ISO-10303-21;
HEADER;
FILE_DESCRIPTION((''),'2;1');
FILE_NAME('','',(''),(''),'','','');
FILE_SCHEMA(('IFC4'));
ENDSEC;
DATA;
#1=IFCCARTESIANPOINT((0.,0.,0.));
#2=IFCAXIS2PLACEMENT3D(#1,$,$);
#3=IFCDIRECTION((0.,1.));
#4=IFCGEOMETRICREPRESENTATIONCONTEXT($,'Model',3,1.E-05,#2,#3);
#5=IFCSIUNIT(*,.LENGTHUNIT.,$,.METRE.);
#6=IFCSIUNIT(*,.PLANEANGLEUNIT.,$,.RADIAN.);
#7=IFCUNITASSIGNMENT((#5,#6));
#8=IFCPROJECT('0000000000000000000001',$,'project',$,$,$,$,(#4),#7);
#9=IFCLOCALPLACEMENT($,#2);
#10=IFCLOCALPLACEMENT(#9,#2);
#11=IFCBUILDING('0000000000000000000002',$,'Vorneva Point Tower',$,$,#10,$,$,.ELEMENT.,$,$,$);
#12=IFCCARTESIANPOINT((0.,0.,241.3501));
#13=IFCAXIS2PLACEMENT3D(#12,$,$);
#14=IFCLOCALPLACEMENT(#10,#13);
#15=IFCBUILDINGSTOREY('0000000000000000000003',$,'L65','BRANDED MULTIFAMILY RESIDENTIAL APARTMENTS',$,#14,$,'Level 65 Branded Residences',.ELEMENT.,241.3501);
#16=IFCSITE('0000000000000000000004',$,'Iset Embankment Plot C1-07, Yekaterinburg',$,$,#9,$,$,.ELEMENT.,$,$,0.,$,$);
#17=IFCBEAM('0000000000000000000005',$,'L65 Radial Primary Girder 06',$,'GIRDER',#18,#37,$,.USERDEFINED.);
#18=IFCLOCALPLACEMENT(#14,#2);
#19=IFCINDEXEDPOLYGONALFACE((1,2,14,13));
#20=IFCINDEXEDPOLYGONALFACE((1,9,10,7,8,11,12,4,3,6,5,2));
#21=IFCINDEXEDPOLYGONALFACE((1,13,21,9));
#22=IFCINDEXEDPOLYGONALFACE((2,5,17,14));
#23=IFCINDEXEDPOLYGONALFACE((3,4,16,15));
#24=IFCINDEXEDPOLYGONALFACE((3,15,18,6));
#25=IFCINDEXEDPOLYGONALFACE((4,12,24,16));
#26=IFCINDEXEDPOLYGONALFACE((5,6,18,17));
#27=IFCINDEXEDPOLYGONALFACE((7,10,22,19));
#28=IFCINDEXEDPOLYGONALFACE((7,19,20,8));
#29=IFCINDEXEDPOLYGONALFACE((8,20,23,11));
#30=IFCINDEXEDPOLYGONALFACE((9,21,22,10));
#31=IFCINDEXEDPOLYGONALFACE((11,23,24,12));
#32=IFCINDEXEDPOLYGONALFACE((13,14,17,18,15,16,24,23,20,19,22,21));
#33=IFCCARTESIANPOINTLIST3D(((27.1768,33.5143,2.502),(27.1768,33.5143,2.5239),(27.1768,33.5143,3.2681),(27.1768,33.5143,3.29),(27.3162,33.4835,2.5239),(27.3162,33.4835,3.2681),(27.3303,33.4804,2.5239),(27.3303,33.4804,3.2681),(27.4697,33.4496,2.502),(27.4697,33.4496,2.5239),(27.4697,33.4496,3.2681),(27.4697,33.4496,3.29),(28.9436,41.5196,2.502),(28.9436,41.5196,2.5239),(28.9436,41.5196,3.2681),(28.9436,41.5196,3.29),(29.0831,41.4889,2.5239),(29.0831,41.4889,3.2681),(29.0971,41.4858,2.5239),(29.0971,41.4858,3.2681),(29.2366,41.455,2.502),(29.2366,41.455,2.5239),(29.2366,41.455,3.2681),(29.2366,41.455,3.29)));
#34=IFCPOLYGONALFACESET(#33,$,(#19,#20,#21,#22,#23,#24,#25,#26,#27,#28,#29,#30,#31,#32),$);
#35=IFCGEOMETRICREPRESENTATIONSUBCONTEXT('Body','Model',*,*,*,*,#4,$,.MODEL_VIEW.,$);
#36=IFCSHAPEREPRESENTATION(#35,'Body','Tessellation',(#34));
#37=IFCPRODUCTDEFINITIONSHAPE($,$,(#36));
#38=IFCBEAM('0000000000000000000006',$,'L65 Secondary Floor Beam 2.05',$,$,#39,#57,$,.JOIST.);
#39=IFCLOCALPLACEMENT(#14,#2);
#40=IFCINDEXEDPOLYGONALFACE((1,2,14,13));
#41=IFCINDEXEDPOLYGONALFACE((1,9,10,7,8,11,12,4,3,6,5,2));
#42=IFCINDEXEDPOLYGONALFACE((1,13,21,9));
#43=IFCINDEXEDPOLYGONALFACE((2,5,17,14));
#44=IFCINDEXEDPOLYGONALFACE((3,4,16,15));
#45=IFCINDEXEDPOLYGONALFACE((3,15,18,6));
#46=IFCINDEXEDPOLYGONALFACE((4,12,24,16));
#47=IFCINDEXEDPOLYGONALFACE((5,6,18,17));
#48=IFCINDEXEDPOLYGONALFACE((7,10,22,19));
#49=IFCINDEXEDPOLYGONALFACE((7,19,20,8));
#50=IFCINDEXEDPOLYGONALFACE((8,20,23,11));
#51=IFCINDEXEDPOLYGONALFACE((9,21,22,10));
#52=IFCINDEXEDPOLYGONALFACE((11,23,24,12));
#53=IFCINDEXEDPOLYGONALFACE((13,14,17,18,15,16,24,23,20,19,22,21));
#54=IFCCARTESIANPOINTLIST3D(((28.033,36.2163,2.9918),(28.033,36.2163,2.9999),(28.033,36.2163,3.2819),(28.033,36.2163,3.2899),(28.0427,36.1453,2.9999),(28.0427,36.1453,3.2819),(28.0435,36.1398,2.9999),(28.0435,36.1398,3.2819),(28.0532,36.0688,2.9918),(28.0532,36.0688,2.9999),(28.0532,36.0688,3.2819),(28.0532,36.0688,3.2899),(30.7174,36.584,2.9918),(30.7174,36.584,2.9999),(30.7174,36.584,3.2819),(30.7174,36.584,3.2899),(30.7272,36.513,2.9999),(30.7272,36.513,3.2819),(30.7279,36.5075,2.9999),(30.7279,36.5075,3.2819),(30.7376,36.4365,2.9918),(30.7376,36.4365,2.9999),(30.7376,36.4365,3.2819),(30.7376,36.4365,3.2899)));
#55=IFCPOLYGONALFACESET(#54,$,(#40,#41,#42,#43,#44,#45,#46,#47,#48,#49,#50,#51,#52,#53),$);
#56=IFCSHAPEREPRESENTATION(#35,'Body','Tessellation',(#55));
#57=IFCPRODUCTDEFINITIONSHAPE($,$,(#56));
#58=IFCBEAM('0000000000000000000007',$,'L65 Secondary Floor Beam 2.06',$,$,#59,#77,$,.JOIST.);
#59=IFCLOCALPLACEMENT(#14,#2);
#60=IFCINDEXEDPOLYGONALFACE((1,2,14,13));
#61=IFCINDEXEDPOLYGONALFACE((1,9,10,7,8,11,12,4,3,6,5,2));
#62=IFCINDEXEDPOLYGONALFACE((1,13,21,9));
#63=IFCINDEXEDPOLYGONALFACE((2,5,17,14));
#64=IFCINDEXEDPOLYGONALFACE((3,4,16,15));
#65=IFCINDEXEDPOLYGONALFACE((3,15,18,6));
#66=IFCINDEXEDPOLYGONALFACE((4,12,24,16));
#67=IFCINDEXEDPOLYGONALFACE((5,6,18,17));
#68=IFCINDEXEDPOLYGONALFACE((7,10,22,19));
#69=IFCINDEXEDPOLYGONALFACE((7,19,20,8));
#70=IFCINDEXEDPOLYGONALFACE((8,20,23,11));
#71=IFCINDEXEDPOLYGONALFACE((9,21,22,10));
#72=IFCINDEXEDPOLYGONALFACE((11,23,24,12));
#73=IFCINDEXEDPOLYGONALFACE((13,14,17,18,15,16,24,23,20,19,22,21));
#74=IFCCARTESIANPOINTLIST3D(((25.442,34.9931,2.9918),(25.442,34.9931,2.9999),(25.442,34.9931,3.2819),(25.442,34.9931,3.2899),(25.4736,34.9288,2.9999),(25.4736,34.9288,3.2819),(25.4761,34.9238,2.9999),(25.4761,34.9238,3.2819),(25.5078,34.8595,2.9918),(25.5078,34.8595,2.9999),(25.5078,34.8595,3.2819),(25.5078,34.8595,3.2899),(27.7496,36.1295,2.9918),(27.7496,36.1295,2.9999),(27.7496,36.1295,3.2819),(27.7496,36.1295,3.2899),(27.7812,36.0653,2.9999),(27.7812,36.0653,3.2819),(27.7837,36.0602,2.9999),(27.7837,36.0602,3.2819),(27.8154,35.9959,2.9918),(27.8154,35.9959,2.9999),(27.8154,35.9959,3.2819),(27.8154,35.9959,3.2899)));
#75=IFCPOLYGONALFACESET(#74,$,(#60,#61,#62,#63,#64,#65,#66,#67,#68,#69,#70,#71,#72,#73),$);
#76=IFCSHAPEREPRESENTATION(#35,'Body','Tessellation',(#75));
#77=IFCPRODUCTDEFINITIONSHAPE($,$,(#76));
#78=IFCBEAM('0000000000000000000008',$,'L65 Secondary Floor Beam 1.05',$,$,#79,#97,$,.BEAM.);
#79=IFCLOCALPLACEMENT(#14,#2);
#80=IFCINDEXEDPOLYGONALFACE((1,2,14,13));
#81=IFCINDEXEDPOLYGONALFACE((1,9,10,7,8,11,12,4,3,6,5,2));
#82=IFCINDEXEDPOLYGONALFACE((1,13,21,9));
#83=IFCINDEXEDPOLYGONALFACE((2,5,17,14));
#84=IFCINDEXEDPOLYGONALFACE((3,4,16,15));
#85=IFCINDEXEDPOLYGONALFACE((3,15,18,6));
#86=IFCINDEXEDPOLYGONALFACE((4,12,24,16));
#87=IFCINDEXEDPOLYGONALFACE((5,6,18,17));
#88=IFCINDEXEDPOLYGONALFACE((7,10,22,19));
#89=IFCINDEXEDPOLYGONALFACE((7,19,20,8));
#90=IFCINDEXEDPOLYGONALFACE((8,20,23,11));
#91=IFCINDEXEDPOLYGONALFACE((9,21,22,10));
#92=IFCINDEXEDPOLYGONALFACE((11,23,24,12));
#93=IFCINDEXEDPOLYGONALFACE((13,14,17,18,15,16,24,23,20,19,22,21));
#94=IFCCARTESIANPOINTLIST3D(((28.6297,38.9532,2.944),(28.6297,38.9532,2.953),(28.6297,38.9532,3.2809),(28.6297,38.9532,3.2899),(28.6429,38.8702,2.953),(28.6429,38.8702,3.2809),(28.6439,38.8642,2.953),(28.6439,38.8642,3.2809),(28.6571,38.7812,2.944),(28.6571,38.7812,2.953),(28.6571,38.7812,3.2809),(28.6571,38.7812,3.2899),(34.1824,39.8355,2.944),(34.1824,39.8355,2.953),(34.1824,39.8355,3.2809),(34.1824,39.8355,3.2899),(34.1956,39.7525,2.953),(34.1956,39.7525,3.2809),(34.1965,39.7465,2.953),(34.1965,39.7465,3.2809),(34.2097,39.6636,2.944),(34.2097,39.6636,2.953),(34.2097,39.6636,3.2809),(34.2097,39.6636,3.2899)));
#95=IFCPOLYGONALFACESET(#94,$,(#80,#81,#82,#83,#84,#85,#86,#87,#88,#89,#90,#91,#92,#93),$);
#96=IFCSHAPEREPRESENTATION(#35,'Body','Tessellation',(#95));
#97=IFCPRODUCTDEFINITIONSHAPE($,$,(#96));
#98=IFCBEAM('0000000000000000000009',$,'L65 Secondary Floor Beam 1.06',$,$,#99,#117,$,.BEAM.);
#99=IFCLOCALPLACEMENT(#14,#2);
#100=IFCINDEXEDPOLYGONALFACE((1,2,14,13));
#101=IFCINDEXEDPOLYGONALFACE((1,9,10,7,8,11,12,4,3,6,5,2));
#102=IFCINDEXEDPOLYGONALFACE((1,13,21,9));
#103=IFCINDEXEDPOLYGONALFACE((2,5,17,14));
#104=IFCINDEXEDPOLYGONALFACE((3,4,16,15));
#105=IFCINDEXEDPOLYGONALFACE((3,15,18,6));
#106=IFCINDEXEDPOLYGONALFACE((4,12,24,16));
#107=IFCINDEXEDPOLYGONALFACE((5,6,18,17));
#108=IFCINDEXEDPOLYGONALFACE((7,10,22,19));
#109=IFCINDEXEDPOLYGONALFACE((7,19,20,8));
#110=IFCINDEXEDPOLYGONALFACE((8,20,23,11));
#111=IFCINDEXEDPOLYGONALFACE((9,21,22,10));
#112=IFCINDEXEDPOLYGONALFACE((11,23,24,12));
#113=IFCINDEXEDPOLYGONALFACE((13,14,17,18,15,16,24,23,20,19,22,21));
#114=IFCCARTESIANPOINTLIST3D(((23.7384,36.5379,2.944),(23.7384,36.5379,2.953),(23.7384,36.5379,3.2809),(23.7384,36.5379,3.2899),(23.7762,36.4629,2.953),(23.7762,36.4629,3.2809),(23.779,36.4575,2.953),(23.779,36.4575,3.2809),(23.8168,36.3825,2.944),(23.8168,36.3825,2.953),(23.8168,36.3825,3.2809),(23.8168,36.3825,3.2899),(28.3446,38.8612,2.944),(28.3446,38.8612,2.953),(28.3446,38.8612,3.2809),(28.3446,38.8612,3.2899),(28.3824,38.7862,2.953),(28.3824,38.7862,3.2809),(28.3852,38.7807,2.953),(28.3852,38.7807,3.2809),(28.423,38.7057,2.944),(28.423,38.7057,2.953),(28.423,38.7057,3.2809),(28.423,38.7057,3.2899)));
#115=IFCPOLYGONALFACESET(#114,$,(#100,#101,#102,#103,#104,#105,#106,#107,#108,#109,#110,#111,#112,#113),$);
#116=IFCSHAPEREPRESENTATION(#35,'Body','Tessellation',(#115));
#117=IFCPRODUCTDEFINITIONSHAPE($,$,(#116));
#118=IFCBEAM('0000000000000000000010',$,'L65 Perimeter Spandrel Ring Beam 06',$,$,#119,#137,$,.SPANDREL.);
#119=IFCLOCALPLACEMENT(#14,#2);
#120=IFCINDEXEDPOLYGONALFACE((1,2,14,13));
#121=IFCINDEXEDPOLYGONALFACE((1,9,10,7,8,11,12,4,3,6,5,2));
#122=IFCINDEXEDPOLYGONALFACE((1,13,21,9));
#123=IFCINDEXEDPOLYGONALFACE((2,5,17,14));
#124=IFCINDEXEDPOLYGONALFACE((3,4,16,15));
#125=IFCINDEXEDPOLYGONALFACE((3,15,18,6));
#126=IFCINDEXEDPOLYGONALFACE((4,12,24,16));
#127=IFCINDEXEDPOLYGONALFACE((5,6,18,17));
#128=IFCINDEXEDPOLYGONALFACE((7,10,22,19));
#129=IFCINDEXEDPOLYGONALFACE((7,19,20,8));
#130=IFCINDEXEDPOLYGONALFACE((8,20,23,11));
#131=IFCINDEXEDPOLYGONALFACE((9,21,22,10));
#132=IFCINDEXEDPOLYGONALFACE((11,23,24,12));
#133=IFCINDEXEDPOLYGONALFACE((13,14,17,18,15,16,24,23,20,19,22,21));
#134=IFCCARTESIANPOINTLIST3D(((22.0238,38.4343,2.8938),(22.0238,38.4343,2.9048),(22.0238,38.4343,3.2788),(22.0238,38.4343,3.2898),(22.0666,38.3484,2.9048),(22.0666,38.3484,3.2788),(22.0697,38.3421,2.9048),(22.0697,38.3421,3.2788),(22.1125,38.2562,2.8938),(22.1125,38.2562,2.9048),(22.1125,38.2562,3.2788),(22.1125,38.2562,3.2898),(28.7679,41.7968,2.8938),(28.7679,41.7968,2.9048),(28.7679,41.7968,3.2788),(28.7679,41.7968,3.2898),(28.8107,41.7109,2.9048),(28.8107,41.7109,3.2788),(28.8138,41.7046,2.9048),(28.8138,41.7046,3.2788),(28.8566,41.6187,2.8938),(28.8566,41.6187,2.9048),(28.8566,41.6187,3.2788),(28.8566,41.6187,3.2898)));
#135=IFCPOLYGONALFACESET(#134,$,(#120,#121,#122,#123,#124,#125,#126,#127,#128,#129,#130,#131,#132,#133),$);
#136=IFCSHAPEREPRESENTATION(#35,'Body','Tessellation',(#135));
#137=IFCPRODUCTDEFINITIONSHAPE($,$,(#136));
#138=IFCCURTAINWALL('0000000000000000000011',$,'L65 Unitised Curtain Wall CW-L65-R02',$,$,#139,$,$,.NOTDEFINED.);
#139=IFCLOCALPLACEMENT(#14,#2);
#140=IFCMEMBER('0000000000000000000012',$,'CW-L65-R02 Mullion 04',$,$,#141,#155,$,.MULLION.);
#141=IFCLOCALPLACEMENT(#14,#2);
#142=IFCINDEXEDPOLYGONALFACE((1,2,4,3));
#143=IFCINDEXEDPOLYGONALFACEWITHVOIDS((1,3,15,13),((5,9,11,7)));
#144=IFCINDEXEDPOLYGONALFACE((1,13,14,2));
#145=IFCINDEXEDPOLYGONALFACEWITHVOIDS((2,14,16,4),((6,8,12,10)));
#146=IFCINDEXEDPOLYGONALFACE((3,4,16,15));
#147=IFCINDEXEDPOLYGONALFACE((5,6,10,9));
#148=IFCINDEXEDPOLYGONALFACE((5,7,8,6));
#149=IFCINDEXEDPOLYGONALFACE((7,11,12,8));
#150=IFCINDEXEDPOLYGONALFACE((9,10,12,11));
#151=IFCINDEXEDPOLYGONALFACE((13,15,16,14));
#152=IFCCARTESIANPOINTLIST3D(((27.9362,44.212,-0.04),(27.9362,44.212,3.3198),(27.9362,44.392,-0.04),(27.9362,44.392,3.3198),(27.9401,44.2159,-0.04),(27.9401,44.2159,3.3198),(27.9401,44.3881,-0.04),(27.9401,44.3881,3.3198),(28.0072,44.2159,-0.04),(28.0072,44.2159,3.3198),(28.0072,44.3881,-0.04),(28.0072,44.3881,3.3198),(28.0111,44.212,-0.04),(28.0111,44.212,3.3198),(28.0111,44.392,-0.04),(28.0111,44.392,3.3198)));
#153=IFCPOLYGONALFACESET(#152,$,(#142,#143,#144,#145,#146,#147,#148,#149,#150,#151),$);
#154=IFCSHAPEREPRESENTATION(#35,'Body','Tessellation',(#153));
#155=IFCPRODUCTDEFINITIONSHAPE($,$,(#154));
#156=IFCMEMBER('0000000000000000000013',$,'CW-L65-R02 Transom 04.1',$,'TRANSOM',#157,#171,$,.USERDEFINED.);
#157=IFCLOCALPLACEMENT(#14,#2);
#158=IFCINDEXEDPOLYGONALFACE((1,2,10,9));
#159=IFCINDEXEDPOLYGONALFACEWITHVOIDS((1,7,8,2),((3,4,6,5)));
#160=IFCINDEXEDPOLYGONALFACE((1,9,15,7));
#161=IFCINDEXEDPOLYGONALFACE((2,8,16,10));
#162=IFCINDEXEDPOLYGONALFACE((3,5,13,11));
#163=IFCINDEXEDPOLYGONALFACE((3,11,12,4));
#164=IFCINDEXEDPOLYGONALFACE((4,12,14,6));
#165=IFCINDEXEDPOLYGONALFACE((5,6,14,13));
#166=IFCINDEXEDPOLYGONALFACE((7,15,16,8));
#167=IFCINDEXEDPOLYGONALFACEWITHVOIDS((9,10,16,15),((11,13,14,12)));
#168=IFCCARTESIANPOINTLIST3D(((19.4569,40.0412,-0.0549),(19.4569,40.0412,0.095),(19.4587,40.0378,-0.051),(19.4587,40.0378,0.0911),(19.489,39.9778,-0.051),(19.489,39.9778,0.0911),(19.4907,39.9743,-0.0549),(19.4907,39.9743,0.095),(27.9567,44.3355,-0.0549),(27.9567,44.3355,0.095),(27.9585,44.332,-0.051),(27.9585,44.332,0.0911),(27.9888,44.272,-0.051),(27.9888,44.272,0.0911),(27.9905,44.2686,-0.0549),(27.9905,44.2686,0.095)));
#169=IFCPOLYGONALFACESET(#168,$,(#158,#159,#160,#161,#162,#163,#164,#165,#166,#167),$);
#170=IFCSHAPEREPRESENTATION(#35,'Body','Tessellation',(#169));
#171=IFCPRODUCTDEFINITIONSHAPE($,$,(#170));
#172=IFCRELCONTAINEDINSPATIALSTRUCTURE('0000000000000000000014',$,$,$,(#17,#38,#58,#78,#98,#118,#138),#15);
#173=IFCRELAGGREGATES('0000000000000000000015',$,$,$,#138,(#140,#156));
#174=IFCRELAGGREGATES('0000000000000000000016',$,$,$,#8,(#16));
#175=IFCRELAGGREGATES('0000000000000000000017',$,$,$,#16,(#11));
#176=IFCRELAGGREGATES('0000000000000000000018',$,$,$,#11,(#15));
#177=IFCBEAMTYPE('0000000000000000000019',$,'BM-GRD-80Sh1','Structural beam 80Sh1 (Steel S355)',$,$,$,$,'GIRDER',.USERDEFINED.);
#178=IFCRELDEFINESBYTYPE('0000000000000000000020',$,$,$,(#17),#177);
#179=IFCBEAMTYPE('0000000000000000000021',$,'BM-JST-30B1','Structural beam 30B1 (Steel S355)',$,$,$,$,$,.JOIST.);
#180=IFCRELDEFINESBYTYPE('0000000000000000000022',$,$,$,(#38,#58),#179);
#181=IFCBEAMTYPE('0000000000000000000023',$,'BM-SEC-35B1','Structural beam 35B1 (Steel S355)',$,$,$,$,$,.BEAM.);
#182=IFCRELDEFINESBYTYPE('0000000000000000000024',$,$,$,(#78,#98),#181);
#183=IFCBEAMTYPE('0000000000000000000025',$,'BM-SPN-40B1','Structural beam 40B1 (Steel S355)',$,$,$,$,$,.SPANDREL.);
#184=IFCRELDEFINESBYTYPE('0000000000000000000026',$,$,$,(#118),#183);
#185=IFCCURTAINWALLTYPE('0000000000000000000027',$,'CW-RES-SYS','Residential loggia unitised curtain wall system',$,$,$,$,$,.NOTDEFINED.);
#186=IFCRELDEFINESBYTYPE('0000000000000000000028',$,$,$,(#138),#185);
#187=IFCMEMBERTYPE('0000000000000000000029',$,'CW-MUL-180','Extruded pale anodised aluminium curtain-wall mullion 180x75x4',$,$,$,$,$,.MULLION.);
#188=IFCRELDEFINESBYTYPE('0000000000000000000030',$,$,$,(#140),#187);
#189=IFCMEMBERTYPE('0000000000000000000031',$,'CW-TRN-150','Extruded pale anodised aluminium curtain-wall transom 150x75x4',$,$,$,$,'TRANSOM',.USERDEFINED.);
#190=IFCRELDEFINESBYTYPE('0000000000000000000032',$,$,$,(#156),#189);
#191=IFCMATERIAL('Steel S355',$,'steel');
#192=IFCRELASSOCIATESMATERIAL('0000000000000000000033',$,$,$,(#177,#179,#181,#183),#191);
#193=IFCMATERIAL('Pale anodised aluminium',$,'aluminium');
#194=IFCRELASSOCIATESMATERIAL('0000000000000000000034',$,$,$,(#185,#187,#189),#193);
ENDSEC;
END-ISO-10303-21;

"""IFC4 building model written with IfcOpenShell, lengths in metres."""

from ifc_helpers import new_model, si_unit, direction, frame, origin, origin_2d, place, context, subcontext, project, spatial, hollow_rectangle, i_section, extrude, material, material_profile, profile_set, type_object, element, aggregate, save


model = new_model("IFC4")

# Units and contexts
model_context = context("Model", 3, precision=1e-05, world=origin(), true_north=direction((0.0, 1.0)))
body_context = subcontext(model_context, "Body", "Model", "MODEL_VIEW")
ifc_project = project(units=[si_unit("LENGTHUNIT", "METRE"), si_unit("PLANEANGLEUNIT", "RADIAN")], contexts=[model_context])

# Site, building, storey
site_placement = place(None, origin())
site = spatial("IfcSite", under=ifc_project, at=site_placement, Name="Iset Embankment Plot C1-07, Yekaterinburg", CompositionType="ELEMENT", RefElevation=0.0)
building_placement = place(site_placement, origin())
building = spatial("IfcBuilding", under=site, at=building_placement, Name="Vorneva Point Tower", CompositionType="ELEMENT")
storey_placement = place(building_placement, frame((0.0, 0.0, 241.3501)))
storey = spatial("IfcBuildingStorey", under=building, at=storey_placement, Name="L65", Description="BRANDED MULTIFAMILY RESIDENTIAL APARTMENTS", LongName="Level 65 Branded Residences", CompositionType="ELEMENT", Elevation=241.3501)

# Beams
ifc_material_1 = material(Name="Steel S355", Category="steel")
ifc_material_profile_1 = material_profile(ifc_material_1, i_section(OverallWidth=0.3, OverallDepth=0.7881, WebThickness=0.0144, FlangeThickness=0.022, at=origin_2d()), Name="80Sh1")
ifc_profile_set_1 = profile_set([ifc_material_profile_1], Name="Steel S355")
beam_type_1 = type_object("IfcBeamType", Name="BM-GRD-80Sh1", Description="Structural beam 80Sh1 (Steel S355)", ElementType="GIRDER", PredefinedType="USERDEFINED", material=ifc_profile_set_1)
beam_1_placement = place(storey_placement, frame((29.0901, 41.4873, 2.896), z_axis=(-0.215521, -0.976499, 0.0), x_axis=(0.976499, -0.215521, 0.0)))
element("IfcBeam", 1, at=beam_1_placement, inside=storey, type_object=beam_type_1, Name="L65 Radial Primary Girder 06", ObjectType="GIRDER", PredefinedType="USERDEFINED", context=body_context, shape_type="SweptSolid", body=[
    extrude(i_section(OverallWidth=0.3, OverallDepth=0.7881, WebThickness=0.0144, FlangeThickness=0.022, at=origin_2d()), origin(), (0.0, 0.0, 1.0), 8.198),
])
ifc_material_profile_2 = material_profile(ifc_material_1, i_section(OverallWidth=0.1489, OverallDepth=0.2981, WebThickness=0.0056, FlangeThickness=0.0081, at=origin_2d()), Name="30B1")
ifc_profile_set_2 = profile_set([ifc_material_profile_2], Name="Steel S355")
beam_type_2 = type_object("IfcBeamType", Name="BM-JST-30B1", Description="Structural beam 30B1 (Steel S355)", PredefinedType="JOIST", material=ifc_profile_set_2)
beam_2_placement = place(storey_placement, frame((30.7275, 36.5103, 3.1409), z_axis=(-0.990749, -0.135704, 0.0), x_axis=(0.135704, -0.990749, 0.0)))
element("IfcBeam", 2, at=beam_2_placement, inside=storey, type_object=beam_type_2, Name="L65 Secondary Floor Beam 2.05", PredefinedType="JOIST", context=body_context, shape_type="SweptSolid", body=[
    extrude(i_section(OverallWidth=0.1489, OverallDepth=0.2981, WebThickness=0.0056, FlangeThickness=0.0081, at=origin_2d()), origin(), (0.0, 0.0, 1.0), 2.7095),
])
beam_3_placement = place(storey_placement, frame((27.7825, 36.0627, 3.1409), z_axis=(-0.897106, -0.441814, 0.0), x_axis=(0.441814, -0.897106, 0.0)))
element("IfcBeam", 3, at=beam_3_placement, inside=storey, type_object=beam_type_2, Name="L65 Secondary Floor Beam 2.06", PredefinedType="JOIST", context=body_context, shape_type="SweptSolid", body=[
    extrude(i_section(OverallWidth=0.1489, OverallDepth=0.2981, WebThickness=0.0056, FlangeThickness=0.0081, at=origin_2d()), origin(), (0.0, 0.0, 1.0), 2.5723),
])
ifc_material_profile_3 = material_profile(ifc_material_1, i_section(OverallWidth=0.1741, OverallDepth=0.3459, WebThickness=0.0061, FlangeThickness=0.009, at=origin_2d()), Name="35B1")
ifc_profile_set_3 = profile_set([ifc_material_profile_3], Name="Steel S355")
beam_type_3 = type_object("IfcBeamType", Name="BM-SEC-35B1", Description="Structural beam 35B1 (Steel S355)", PredefinedType="BEAM", material=ifc_profile_set_3)
beam_4_placement = place(storey_placement, frame((34.196, 39.7495, 3.1169), z_axis=(-0.98761, -0.15693, 0.0), x_axis=(0.15693, -0.98761, 0.0)))
element("IfcBeam", 4, at=beam_4_placement, inside=storey, type_object=beam_type_3, Name="L65 Secondary Floor Beam 1.05", PredefinedType="BEAM", context=body_context, shape_type="SweptSolid", body=[
    extrude(i_section(OverallWidth=0.1741, OverallDepth=0.3459, WebThickness=0.0061, FlangeThickness=0.009, at=origin_2d()), origin(), (0.0, 0.0, 1.0), 5.6223),
])
beam_5_placement = place(storey_placement, frame((28.3838, 38.7834, 3.1169), z_axis=(-0.89286, -0.450334, 0.0), x_axis=(0.450334, -0.89286, 0.0)))
element("IfcBeam", 5, at=beam_5_placement, inside=storey, type_object=beam_type_3, Name="L65 Secondary Floor Beam 1.06", PredefinedType="BEAM", context=body_context, shape_type="SweptSolid", body=[
    extrude(i_section(OverallWidth=0.1741, OverallDepth=0.3459, WebThickness=0.0061, FlangeThickness=0.009, at=origin_2d()), origin(), (0.0, 0.0, 1.0), 5.1589),
])
ifc_material_profile_4 = material_profile(ifc_material_1, i_section(OverallWidth=0.199, OverallDepth=0.396, WebThickness=0.0071, FlangeThickness=0.011, at=origin_2d()), Name="40B1")
ifc_profile_set_4 = profile_set([ifc_material_profile_4], Name="Steel S355")
beam_type_4 = type_object("IfcBeamType", Name="BM-SPN-40B1", Description="Structural beam 40B1 (Steel S355)", PredefinedType="SPANDREL", material=ifc_profile_set_4)
beam_6_placement = place(storey_placement, frame((28.8123, 41.7078, 3.0918), z_axis=(-0.894932, -0.446203, 0.0), x_axis=(0.446203, -0.894932, 0.0)))
element("IfcBeam", 6, at=beam_6_placement, inside=storey, type_object=beam_type_4, Name="L65 Perimeter Spandrel Ring Beam 06", PredefinedType="SPANDREL", context=body_context, shape_type="SweptSolid", body=[
    extrude(i_section(OverallWidth=0.199, OverallDepth=0.396, WebThickness=0.0071, FlangeThickness=0.011, at=origin_2d()), origin(), (0.0, 0.0, 1.0), 7.5359),
])

# Curtain wall, members
ifc_material_2 = material(Name="Pale anodised aluminium", Category="aluminium")
curtain_wall_type = type_object("IfcCurtainWallType", Name="CW-RES-SYS", Description="Residential loggia unitised curtain wall system", PredefinedType="NOTDEFINED", material=ifc_material_2)
curtain_wall_placement = place(storey_placement, origin())
curtain_wall = element("IfcCurtainWall", 7, at=curtain_wall_placement, inside=storey, type_object=curtain_wall_type, Name="L65 Unitised Curtain Wall CW-L65-R02", PredefinedType="NOTDEFINED")
ifc_material_profile_5 = material_profile(ifc_material_2, hollow_rectangle(XDim=0.075, YDim=0.1799, WallThickness=0.0039, at=origin_2d()), Name="AL-MUL 180x75x4")
ifc_profile_set_5 = profile_set([ifc_material_profile_5], Name="Pale anodised aluminium")
member_type_1 = type_object("IfcMemberType", Name="CW-MUL-180", Description="Extruded pale anodised aluminium curtain-wall mullion 180x75x4", PredefinedType="MULLION", material=ifc_profile_set_5)
member_1_placement = place(storey_placement, frame((27.9736, 44.302, -0.04), z_axis=(0.0, 0.0, 1.0), x_axis=(1.0, 0.0, 0.0)))
member_1 = element("IfcMember", 8, at=member_1_placement, type_object=member_type_1, Name="CW-L65-R02 Mullion 04", PredefinedType="MULLION", context=body_context, shape_type="SweptSolid", body=[
    extrude(hollow_rectangle(XDim=0.075, YDim=0.1799, WallThickness=0.0039, at=origin_2d()), origin(), (0.0, 0.0, 1.0), 3.3599),
])
ifc_material_profile_6 = material_profile(ifc_material_2, hollow_rectangle(XDim=0.075, YDim=0.1499, WallThickness=0.0039, at=origin_2d()), Name="AL-TRN 150x75x4")
ifc_profile_set_6 = profile_set([ifc_material_profile_6], Name="Pale anodised aluminium")
member_type_2 = type_object("IfcMemberType", Name="CW-TRN-150", Description="Extruded pale anodised aluminium curtain-wall transom 150x75x4", ElementType="TRANSOM", PredefinedType="USERDEFINED", material=ifc_profile_set_6)
member_2_placement = place(storey_placement, frame((27.9736, 44.302, 0.02), z_axis=(-0.892558, -0.450932, 0.0), x_axis=(0.450932, -0.892558, 0.0)))
member_2 = element("IfcMember", 9, at=member_2_placement, type_object=member_type_2, Name="CW-L65-R02 Transom 04.1", ObjectType="TRANSOM", PredefinedType="USERDEFINED", context=body_context, shape_type="SweptSolid", body=[
    extrude(hollow_rectangle(XDim=0.075, YDim=0.1499, WallThickness=0.0039, at=origin_2d()), origin(), (0.0, 0.0, 1.0), 9.5229),
])
aggregate(curtain_wall, [member_1, member_2])

save(model, "model.ifc")
